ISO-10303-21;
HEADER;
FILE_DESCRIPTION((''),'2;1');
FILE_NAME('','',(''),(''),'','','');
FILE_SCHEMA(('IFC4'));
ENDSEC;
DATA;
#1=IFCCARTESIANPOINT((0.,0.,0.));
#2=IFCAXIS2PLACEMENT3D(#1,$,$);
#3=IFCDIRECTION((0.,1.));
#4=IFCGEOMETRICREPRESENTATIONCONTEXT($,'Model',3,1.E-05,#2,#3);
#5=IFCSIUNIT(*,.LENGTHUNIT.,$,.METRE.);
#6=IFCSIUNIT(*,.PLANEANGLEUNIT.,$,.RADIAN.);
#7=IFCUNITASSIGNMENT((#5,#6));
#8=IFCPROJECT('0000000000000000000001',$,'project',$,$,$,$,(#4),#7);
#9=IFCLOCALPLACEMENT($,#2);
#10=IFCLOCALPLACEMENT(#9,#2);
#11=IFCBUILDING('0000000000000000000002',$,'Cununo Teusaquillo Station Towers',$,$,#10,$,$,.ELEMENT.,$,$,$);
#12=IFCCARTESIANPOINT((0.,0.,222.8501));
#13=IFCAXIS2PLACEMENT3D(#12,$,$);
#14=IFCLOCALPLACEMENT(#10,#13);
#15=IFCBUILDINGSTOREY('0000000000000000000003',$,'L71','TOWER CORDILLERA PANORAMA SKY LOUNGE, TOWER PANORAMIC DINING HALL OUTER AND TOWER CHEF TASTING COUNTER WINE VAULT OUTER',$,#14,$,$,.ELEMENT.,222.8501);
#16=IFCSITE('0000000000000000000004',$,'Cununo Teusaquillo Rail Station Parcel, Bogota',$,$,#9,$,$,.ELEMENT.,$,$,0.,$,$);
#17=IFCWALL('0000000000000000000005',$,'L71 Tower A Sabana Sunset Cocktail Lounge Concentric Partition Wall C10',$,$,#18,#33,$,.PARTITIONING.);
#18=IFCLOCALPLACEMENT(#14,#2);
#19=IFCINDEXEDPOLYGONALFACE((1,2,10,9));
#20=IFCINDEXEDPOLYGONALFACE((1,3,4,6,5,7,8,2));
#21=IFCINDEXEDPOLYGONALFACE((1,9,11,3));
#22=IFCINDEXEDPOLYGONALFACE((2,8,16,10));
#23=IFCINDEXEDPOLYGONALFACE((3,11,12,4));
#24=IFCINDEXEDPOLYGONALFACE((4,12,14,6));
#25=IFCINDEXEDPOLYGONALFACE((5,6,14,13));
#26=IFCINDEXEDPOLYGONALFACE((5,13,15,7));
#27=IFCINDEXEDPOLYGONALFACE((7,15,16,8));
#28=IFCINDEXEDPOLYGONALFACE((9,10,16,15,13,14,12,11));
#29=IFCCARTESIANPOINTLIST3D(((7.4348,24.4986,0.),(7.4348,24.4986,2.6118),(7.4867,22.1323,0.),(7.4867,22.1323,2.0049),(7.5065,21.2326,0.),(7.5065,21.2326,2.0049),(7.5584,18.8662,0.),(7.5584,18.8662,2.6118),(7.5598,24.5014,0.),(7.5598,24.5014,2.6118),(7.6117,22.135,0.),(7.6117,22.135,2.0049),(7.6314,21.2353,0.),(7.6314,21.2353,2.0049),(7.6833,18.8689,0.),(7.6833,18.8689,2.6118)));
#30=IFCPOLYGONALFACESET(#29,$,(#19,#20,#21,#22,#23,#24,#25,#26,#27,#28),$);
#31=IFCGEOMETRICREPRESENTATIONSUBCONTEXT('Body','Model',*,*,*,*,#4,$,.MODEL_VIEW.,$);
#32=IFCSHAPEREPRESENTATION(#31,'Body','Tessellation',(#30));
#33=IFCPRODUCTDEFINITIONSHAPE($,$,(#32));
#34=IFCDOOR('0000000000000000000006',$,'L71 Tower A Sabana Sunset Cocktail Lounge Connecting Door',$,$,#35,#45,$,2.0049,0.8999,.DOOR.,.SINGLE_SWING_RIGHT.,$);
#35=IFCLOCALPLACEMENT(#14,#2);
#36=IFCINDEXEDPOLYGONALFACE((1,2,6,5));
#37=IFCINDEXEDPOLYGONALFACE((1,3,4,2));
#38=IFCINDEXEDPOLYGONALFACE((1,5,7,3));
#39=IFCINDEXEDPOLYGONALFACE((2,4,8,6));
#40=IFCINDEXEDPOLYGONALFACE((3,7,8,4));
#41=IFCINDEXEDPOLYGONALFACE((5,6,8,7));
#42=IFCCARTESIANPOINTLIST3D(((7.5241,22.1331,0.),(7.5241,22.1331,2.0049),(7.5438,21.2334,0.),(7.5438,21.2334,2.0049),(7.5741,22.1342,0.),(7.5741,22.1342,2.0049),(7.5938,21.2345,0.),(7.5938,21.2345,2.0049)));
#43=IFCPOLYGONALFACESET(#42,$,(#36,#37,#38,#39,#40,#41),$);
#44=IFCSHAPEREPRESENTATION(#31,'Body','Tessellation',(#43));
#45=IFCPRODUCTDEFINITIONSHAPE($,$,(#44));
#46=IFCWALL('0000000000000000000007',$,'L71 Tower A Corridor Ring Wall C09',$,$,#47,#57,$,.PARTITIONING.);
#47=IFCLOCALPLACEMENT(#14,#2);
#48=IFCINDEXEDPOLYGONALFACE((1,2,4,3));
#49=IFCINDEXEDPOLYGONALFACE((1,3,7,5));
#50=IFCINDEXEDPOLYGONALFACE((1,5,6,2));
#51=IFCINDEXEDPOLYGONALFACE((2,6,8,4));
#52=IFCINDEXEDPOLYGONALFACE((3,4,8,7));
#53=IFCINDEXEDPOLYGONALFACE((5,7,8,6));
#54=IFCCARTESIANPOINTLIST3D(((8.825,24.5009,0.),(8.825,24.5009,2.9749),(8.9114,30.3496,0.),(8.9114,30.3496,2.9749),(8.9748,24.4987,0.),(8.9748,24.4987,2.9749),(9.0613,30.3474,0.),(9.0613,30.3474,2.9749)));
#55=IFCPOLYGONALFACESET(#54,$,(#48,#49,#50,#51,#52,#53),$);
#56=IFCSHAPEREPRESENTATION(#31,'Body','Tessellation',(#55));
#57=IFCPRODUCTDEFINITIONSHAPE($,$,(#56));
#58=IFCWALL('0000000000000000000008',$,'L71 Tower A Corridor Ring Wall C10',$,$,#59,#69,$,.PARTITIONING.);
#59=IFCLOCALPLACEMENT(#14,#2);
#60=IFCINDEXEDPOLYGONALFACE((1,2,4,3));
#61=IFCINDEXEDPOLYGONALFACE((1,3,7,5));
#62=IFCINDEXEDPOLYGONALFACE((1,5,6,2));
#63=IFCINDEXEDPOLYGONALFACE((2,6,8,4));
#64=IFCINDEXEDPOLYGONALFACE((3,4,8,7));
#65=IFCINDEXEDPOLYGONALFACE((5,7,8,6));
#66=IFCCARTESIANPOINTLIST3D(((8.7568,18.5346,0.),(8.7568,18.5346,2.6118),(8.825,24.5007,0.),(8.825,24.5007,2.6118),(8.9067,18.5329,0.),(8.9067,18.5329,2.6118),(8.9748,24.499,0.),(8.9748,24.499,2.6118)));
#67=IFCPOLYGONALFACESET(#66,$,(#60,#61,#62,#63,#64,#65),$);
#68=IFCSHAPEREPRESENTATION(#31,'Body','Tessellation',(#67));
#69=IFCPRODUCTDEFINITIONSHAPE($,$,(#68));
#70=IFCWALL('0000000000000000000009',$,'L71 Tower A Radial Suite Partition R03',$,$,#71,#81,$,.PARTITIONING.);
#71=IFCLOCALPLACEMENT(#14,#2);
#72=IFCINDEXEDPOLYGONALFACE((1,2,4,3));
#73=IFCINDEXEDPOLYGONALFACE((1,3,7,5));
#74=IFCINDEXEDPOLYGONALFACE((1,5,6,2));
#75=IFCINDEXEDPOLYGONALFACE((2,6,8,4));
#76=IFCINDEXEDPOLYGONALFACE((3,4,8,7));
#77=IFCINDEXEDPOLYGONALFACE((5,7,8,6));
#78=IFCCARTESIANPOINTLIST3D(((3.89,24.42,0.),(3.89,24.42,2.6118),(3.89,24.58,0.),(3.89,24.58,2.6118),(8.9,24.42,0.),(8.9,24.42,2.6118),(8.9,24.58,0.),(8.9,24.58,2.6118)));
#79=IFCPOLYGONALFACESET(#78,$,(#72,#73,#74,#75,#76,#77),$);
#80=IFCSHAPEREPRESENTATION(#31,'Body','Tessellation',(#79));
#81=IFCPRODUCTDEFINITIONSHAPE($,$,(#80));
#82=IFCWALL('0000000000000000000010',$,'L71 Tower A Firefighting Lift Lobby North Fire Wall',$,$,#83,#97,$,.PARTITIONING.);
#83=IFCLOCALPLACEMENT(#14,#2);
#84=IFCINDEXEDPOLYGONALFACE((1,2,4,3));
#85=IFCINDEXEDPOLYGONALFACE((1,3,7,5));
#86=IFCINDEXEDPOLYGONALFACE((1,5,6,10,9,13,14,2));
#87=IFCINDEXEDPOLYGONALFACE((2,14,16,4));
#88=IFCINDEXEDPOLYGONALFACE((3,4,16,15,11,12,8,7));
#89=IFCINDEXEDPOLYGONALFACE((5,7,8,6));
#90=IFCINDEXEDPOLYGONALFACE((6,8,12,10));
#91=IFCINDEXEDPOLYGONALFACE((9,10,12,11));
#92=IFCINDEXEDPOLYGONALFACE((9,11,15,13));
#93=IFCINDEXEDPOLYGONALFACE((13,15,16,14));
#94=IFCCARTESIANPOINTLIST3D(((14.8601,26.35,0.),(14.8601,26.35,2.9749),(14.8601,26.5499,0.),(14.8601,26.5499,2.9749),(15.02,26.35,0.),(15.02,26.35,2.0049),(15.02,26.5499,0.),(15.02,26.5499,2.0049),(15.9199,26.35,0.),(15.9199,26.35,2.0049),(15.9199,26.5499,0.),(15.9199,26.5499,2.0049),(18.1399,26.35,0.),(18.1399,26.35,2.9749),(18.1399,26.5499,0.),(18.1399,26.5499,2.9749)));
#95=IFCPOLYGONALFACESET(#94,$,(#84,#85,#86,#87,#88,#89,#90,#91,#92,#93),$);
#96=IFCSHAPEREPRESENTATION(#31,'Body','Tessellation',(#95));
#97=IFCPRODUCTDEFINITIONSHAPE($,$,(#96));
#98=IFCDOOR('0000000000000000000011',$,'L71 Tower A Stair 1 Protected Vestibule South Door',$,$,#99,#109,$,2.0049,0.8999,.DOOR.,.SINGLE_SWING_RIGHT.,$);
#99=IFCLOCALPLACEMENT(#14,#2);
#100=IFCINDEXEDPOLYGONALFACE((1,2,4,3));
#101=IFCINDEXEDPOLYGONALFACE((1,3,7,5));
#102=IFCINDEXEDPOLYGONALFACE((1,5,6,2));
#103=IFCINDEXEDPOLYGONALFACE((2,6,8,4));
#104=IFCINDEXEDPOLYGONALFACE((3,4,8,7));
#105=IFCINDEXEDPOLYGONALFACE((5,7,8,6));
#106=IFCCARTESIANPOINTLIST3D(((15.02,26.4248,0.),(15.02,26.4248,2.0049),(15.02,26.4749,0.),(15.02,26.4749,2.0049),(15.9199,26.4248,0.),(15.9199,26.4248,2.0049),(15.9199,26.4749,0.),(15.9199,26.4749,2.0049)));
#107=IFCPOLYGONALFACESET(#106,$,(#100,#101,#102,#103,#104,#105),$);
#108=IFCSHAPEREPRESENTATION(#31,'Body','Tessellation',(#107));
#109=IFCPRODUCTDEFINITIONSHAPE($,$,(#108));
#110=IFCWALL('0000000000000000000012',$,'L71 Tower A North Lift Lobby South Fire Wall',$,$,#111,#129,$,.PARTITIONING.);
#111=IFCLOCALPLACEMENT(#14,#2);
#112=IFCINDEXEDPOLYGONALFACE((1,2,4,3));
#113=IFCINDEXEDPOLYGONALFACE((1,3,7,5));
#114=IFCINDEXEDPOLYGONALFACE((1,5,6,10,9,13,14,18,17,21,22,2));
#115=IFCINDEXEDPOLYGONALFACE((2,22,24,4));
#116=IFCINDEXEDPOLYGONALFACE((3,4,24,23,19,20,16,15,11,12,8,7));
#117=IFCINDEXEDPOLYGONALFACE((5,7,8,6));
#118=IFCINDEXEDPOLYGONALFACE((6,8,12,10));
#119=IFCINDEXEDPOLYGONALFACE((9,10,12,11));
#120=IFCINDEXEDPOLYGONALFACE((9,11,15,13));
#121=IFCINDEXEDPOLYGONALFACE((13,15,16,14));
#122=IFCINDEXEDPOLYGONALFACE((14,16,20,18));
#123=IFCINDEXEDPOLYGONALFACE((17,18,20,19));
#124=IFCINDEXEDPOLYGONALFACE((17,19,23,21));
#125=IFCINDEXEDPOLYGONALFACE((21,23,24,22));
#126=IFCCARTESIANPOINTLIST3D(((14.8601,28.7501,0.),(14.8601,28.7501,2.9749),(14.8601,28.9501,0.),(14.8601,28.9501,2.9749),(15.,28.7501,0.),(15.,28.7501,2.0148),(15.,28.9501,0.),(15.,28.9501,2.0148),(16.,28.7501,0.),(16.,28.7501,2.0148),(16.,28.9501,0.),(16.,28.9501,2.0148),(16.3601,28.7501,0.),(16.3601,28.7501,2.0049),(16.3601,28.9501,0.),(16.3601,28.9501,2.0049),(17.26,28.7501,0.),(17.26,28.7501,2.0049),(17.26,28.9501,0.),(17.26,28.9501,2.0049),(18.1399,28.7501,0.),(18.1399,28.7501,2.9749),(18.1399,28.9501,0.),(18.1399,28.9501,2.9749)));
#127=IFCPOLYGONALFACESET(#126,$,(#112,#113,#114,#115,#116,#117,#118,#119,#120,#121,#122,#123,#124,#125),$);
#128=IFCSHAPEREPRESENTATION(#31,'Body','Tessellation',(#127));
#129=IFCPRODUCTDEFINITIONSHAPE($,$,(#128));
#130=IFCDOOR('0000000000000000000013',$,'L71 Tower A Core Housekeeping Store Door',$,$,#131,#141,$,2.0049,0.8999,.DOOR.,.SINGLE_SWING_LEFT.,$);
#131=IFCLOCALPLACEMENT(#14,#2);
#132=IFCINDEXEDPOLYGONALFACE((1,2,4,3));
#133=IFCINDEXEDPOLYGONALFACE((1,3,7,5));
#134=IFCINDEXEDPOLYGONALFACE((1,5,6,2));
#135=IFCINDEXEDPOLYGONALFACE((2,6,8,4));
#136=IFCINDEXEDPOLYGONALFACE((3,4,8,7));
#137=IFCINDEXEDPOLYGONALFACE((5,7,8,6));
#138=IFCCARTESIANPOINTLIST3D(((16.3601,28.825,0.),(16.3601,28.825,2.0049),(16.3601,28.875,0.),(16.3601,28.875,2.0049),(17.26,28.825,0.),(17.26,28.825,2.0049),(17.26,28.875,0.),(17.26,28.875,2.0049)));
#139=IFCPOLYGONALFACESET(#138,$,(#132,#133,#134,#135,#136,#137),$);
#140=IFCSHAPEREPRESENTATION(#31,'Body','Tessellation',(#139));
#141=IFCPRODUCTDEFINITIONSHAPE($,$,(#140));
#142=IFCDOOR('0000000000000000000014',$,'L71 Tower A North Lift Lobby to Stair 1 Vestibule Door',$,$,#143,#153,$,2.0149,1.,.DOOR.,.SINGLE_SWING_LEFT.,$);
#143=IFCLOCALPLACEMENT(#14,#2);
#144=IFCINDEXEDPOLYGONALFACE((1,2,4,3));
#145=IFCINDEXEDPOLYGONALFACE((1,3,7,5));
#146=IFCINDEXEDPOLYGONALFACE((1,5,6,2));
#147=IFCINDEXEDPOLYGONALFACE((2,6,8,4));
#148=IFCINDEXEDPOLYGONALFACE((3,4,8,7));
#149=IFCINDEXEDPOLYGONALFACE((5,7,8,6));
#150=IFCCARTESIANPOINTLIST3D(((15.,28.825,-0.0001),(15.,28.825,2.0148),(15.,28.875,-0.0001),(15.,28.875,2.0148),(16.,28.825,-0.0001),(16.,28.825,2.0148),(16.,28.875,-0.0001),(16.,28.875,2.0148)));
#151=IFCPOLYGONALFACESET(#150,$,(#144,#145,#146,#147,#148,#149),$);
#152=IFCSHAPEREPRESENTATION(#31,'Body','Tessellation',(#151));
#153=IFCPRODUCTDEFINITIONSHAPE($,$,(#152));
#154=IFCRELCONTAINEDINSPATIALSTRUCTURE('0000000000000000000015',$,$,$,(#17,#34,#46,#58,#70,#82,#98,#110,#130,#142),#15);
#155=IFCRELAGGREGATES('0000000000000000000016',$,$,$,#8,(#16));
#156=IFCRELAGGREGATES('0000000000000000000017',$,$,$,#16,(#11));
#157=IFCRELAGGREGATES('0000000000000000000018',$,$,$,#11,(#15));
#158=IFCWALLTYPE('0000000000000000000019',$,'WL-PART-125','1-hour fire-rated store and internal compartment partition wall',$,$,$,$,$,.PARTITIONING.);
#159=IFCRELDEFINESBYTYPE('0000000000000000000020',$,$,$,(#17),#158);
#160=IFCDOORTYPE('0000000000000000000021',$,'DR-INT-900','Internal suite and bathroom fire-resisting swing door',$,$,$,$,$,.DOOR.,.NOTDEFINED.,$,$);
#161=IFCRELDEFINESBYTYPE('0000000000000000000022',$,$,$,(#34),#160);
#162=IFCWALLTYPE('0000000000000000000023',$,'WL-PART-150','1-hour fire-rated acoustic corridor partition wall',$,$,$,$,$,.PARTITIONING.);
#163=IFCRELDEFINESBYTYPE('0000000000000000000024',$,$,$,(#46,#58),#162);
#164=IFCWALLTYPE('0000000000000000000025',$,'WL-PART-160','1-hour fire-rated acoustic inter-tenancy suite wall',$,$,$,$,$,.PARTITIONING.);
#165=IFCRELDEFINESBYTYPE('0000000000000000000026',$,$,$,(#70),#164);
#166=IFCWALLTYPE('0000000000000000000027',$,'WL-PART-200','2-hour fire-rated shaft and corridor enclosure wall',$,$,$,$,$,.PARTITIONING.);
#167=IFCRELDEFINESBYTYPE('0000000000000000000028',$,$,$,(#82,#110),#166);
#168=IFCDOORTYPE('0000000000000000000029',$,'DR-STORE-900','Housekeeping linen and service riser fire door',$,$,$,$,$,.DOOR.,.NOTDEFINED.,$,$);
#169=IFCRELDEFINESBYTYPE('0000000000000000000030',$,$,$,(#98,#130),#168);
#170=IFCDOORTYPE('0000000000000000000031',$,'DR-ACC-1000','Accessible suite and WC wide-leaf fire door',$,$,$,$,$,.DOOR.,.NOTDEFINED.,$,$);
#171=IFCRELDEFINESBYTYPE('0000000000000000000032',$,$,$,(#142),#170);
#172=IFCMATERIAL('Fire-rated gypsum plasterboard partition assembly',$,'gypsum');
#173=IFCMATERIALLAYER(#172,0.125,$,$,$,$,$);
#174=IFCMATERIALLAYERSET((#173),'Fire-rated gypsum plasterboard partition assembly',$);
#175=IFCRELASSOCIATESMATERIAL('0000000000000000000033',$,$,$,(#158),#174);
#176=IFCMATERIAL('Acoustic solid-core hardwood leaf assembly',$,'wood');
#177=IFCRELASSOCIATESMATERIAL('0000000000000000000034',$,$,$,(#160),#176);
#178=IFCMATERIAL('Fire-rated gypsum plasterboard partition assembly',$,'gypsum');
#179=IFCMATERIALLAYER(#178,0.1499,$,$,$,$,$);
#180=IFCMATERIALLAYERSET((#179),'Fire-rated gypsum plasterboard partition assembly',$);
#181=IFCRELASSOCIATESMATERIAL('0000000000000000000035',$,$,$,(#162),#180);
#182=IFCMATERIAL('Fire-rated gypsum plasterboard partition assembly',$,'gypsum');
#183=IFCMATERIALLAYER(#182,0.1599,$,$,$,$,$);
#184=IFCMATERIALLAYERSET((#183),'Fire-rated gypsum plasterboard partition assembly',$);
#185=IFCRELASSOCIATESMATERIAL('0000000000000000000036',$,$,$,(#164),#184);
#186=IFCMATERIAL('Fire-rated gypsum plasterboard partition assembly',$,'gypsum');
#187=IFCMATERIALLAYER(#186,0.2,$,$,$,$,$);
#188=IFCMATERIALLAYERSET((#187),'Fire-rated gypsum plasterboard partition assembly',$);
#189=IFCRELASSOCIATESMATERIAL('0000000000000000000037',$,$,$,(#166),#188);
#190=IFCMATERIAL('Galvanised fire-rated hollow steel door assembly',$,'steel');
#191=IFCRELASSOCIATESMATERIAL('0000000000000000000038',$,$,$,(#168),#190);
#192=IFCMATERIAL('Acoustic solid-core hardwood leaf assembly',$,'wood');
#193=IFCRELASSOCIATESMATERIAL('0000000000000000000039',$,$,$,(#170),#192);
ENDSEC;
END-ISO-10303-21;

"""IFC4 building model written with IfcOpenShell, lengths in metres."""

from ifc_helpers import new_model, si_unit, direction, frame, frame_2d, origin, place, context, subcontext, project, spatial, rectangle, extrude, source, transform, mapped, material, layer, layer_set, type_object, element, fill, save


model = new_model("IFC4")

# Units and contexts
model_context = context("Model", 3, precision=1e-05, world=origin(), true_north=direction((0.0, 1.0)))
body_context = subcontext(model_context, "Body", "Model", "MODEL_VIEW")
ifc_project = project(units=[si_unit("LENGTHUNIT", "METRE"), si_unit("PLANEANGLEUNIT", "RADIAN")], contexts=[model_context])

# Site, building, storey
site_placement = place(None, origin())
site = spatial("IfcSite", under=ifc_project, at=site_placement, Name="Cununo Teusaquillo Rail Station Parcel, Bogota", CompositionType="ELEMENT", RefElevation=0.0)
building_placement = place(site_placement, origin())
building = spatial("IfcBuilding", under=site, at=building_placement, Name="Cununo Teusaquillo Station Towers", CompositionType="ELEMENT")
storey_placement = place(building_placement, frame((0.0, 0.0, 222.8501)))
storey = spatial("IfcBuildingStorey", under=building, at=storey_placement, Name="L71", Description="TOWER CORDILLERA PANORAMA SKY LOUNGE, TOWER PANORAMIC DINING HALL OUTER AND TOWER CHEF TASTING COUNTER WINE VAULT OUTER", CompositionType="ELEMENT", Elevation=222.8501)

# Wall, opening, door
ifc_material_1 = material(Name="Fire-rated gypsum plasterboard partition assembly", Category="gypsum")
ifc_layer_1 = layer(ifc_material_1, 0.125)
ifc_layer_set_1 = layer_set([ifc_layer_1], Name="Fire-rated gypsum plasterboard partition assembly")
wall_type_1 = type_object("IfcWallType", Name="WL-PART-125", Description="1-hour fire-rated store and internal compartment partition wall", PredefinedType="PARTITIONING", material=ifc_layer_set_1)
shared_shape_1 = source(origin(), body_context, "Body", "SweptSolid", [
    extrude(rectangle(XDim=0.8999, YDim=2.0049, at=frame_2d((0.45, 1.0024))), frame((0.0, 0.0725, 0.0), z_axis=(0.0, -1.0, 0.0), x_axis=(1.0, 0.0, 0.0)), (0.0, 0.0, 1.0), 0.145),
])
ifc_material_2 = material(Name="Acoustic solid-core hardwood leaf assembly", Category="wood")
door_type_1 = type_object("IfcDoorType", Name="DR-INT-900", Description="Internal suite and bathroom fire-resisting swing door", OperationType="NOTDEFINED", PredefinedType="DOOR", material=ifc_material_2)
shared_shape_2 = source(origin(), body_context, "Body", "SweptSolid", [
    extrude(rectangle(XDim=0.8999, YDim=2.0049, at=frame_2d((0.45, 1.0024))), frame((0.0, 0.0249, 0.0), z_axis=(0.0, -1.0, 0.0), x_axis=(1.0, 0.0, 0.0)), (0.0, 0.0, 1.0), 0.05),
])
wall_1_placement = place(storey_placement, frame((7.4973, 24.5, 0.0), z_axis=(0.0, 0.0, 1.0), x_axis=(0.021928, -0.99976, 0.0)))
wall_1 = element("IfcWall", 1, at=wall_1_placement, inside=storey, type_object=wall_type_1, Name="L71 Tower A Sabana Sunset Cocktail Lounge Concentric Partition Wall C10", PredefinedType="PARTITIONING", context=body_context, shape_type="SweptSolid", body=[
    extrude(rectangle(XDim=5.6338, YDim=0.125, at=frame_2d((2.8169, 0.0))), origin(), (0.0, 0.0, 1.0), 2.6118),
])
opening_1_placement = place(wall_1_placement, frame((2.3669, 0.0, 0.0)))
opening_1 = element("IfcOpeningElement", 2, at=opening_1_placement, cuts=wall_1, PredefinedType="OPENING", context=body_context, shape_type="MappedRepresentation", body=[
    mapped(shared_shape_1, transform((0.0, 0.0, 0.0), x_axis=(1.0, 0.0, 0.0), y_axis=(0.0, 1.0, 0.0), z_axis=(0.0, 0.0, 1.0), scale=1.0)),
])
door_1_placement = place(opening_1_placement, origin())
door_1 = element("IfcDoor", 3, at=door_1_placement, inside=storey, type_object=door_type_1, Name="L71 Tower A Sabana Sunset Cocktail Lounge Connecting Door", OperationType="SINGLE_SWING_RIGHT", OverallHeight=2.0049, OverallWidth=0.8999, PredefinedType="DOOR", context=body_context, shape_type="MappedRepresentation", body=[
    mapped(shared_shape_2, transform((0.0, 0.0, 0.0), x_axis=(1.0, 0.0, 0.0), y_axis=(0.0, 1.0, 0.0), z_axis=(0.0, 0.0, 1.0), scale=1.0)),
])
fill(opening_1, door_1)

# Walls
ifc_material_3 = material(Name="Fire-rated gypsum plasterboard partition assembly", Category="gypsum")
ifc_layer_2 = layer(ifc_material_3, 0.1499)
ifc_layer_set_2 = layer_set([ifc_layer_2], Name="Fire-rated gypsum plasterboard partition assembly")
wall_type_2 = type_object("IfcWallType", Name="WL-PART-150", Description="1-hour fire-rated acoustic corridor partition wall", PredefinedType="PARTITIONING", material=ifc_layer_set_2)
wall_2_placement = place(storey_placement, frame((8.9863, 30.3486, 0.0), z_axis=(0.0, 0.0, 1.0), x_axis=(-0.014775, -0.999891, 0.0)))
element("IfcWall", 4, at=wall_2_placement, inside=storey, type_object=wall_type_2, Name="L71 Tower A Corridor Ring Wall C09", PredefinedType="PARTITIONING", context=body_context, shape_type="SweptSolid", body=[
    extrude(rectangle(XDim=5.8494, YDim=0.1499, at=frame_2d((2.9248, 0.0))), origin(), (0.0, 0.0, 1.0), 2.9749),
])
wall_3_placement = place(storey_placement, frame((8.8999, 24.5, 0.0), z_axis=(0.0, 0.0, 1.0), x_axis=(-0.011416, -0.999935, 0.0)))
element("IfcWall", 5, at=wall_3_placement, inside=storey, type_object=wall_type_2, Name="L71 Tower A Corridor Ring Wall C10", PredefinedType="PARTITIONING", context=body_context, shape_type="SweptSolid", body=[
    extrude(rectangle(XDim=5.9666, YDim=0.1499, at=frame_2d((2.9834, 0.0))), origin(), (0.0, 0.0, 1.0), 2.6118),
])
ifc_material_4 = material(Name="Fire-rated gypsum plasterboard partition assembly", Category="gypsum")
ifc_layer_3 = layer(ifc_material_4, 0.1599)
ifc_layer_set_3 = layer_set([ifc_layer_3], Name="Fire-rated gypsum plasterboard partition assembly")
wall_type_3 = type_object("IfcWallType", Name="WL-PART-160", Description="1-hour fire-rated acoustic inter-tenancy suite wall", PredefinedType="PARTITIONING", material=ifc_layer_set_3)
wall_4_placement = place(storey_placement, frame((8.8999, 24.5, 0.0), z_axis=(0.0, 0.0, 1.0), x_axis=(-1.0, 0.0, 0.0)))
element("IfcWall", 6, at=wall_4_placement, inside=storey, type_object=wall_type_3, Name="L71 Tower A Radial Suite Partition R03", PredefinedType="PARTITIONING", context=body_context, shape_type="SweptSolid", body=[
    extrude(rectangle(XDim=5.01, YDim=0.1599, at=frame_2d((2.5049, 0.0))), origin(), (0.0, 0.0, 1.0), 2.6118),
])

# Wall, opening, door
ifc_material_5 = material(Name="Fire-rated gypsum plasterboard partition assembly", Category="gypsum")
ifc_layer_4 = layer(ifc_material_5, 0.2)
ifc_layer_set_4 = layer_set([ifc_layer_4], Name="Fire-rated gypsum plasterboard partition assembly")
wall_type_4 = type_object("IfcWallType", Name="WL-PART-200", Description="2-hour fire-rated shaft and corridor enclosure wall", PredefinedType="PARTITIONING", material=ifc_layer_set_4)
wall_5_placement = place(storey_placement, frame((14.8601, 26.45, 0.0), z_axis=(0.0, 0.0, 1.0), x_axis=(1.0, 0.0, 0.0)))
wall_5 = element("IfcWall", 7, at=wall_5_placement, inside=storey, type_object=wall_type_4, Name="L71 Tower A Firefighting Lift Lobby North Fire Wall", PredefinedType="PARTITIONING", context=body_context, shape_type="SweptSolid", body=[
    extrude(rectangle(XDim=3.2798, YDim=0.2, at=frame_2d((1.6399, 0.0))), origin(), (0.0, 0.0, 1.0), 2.9749),
])
shared_shape_3 = source(origin(), body_context, "Body", "SweptSolid", [
    extrude(rectangle(XDim=0.8999, YDim=2.0049, at=frame_2d((0.45, 1.0024))), frame((0.0, 0.1099, 0.0), z_axis=(0.0, -1.0, 0.0), x_axis=(1.0, 0.0, 0.0)), (0.0, 0.0, 1.0), 0.22),
])
opening_2_placement = place(wall_5_placement, frame((0.1599, 0.0, 0.0)))
opening_2 = element("IfcOpeningElement", 8, at=opening_2_placement, cuts=wall_5, PredefinedType="OPENING", context=body_context, shape_type="MappedRepresentation", body=[
    mapped(shared_shape_3, transform((0.0, 0.0, 0.0), x_axis=(1.0, 0.0, 0.0), y_axis=(0.0, 1.0, 0.0), z_axis=(0.0, 0.0, 1.0), scale=1.0)),
])
ifc_material_6 = material(Name="Galvanised fire-rated hollow steel door assembly", Category="steel")
door_type_2 = type_object("IfcDoorType", Name="DR-STORE-900", Description="Housekeeping linen and service riser fire door", OperationType="NOTDEFINED", PredefinedType="DOOR", material=ifc_material_6)
door_2_placement = place(opening_2_placement, origin())
door_2 = element("IfcDoor", 9, at=door_2_placement, inside=storey, type_object=door_type_2, Name="L71 Tower A Stair 1 Protected Vestibule South Door", OperationType="SINGLE_SWING_RIGHT", OverallHeight=2.0049, OverallWidth=0.8999, PredefinedType="DOOR", context=body_context, shape_type="MappedRepresentation", body=[
    mapped(shared_shape_2, transform((0.0, 0.0, 0.0), x_axis=(1.0, 0.0, 0.0), y_axis=(0.0, 1.0, 0.0), z_axis=(0.0, 0.0, 1.0), scale=1.0)),
])
fill(opening_2, door_2)

# Wall, openings, doors
wall_6_placement = place(storey_placement, frame((14.8601, 28.8501, 0.0), z_axis=(0.0, 0.0, 1.0), x_axis=(1.0, 0.0, 0.0)))
wall_6 = element("IfcWall", 10, at=wall_6_placement, inside=storey, type_object=wall_type_4, Name="L71 Tower A North Lift Lobby South Fire Wall", PredefinedType="PARTITIONING", context=body_context, shape_type="SweptSolid", body=[
    extrude(rectangle(XDim=3.2798, YDim=0.2, at=frame_2d((1.6399, 0.0))), origin(), (0.0, 0.0, 1.0), 2.9749),
])
shared_shape_4 = source(origin(), body_context, "Body", "SweptSolid", [
    extrude(rectangle(XDim=1.0, YDim=2.0149, at=frame_2d((0.5, 1.0073))), frame((0.0, 0.1099, 0.0), z_axis=(0.0, -1.0, 0.0), x_axis=(1.0, 0.0, 0.0)), (0.0, 0.0, 1.0), 0.22),
])
opening_3_placement = place(wall_6_placement, frame((0.1399, 0.0, 0.0)))
opening_3 = element("IfcOpeningElement", 11, at=opening_3_placement, cuts=wall_6, PredefinedType="OPENING", context=body_context, shape_type="MappedRepresentation", body=[
    mapped(shared_shape_4, transform((0.0, 0.0, 0.0), x_axis=(1.0, 0.0, 0.0), y_axis=(0.0, 1.0, 0.0), z_axis=(0.0, 0.0, 1.0), scale=1.0)),
])
opening_4_placement = place(wall_6_placement, frame((1.5, 0.0, 0.0)))
opening_4 = element("IfcOpeningElement", 12, at=opening_4_placement, cuts=wall_6, PredefinedType="OPENING", context=body_context, shape_type="MappedRepresentation", body=[
    mapped(shared_shape_3, transform((0.0, 0.0, 0.0), x_axis=(1.0, 0.0, 0.0), y_axis=(0.0, 1.0, 0.0), z_axis=(0.0, 0.0, 1.0), scale=1.0)),
])
door_3_placement = place(opening_4_placement, origin())
door_3 = element("IfcDoor", 13, at=door_3_placement, inside=storey, type_object=door_type_2, Name="L71 Tower A Core Housekeeping Store Door", OperationType="SINGLE_SWING_LEFT", OverallHeight=2.0049, OverallWidth=0.8999, PredefinedType="DOOR", context=body_context, shape_type="MappedRepresentation", body=[
    mapped(shared_shape_2, transform((0.0, 0.0, 0.0), x_axis=(1.0, 0.0, 0.0), y_axis=(0.0, 1.0, 0.0), z_axis=(0.0, 0.0, 1.0), scale=1.0)),
])
fill(opening_4, door_3)
ifc_material_7 = material(Name="Acoustic solid-core hardwood leaf assembly", Category="wood")
door_type_3 = type_object("IfcDoorType", Name="DR-ACC-1000", Description="Accessible suite and WC wide-leaf fire door", OperationType="NOTDEFINED", PredefinedType="DOOR", material=ifc_material_7)
shared_shape_5 = source(origin(), body_context, "Body", "SweptSolid", [
    extrude(rectangle(XDim=1.0, YDim=2.0149, at=frame_2d((0.5, 1.0073))), frame((0.0, 0.0249, 0.0), z_axis=(0.0, -1.0, 0.0), x_axis=(1.0, 0.0, 0.0)), (0.0, 0.0, 1.0), 0.05),
])
door_4_placement = place(opening_3_placement, origin())
door_4 = element("IfcDoor", 14, at=door_4_placement, inside=storey, type_object=door_type_3, Name="L71 Tower A North Lift Lobby to Stair 1 Vestibule Door", OperationType="SINGLE_SWING_LEFT", OverallHeight=2.0149, OverallWidth=1.0, PredefinedType="DOOR", context=body_context, shape_type="MappedRepresentation", body=[
    mapped(shared_shape_5, transform((0.0, 0.0, 0.0), x_axis=(1.0, 0.0, 0.0), y_axis=(0.0, 1.0, 0.0), z_axis=(0.0, 0.0, 1.0), scale=1.0)),
])
fill(opening_3, door_4)

save(model, "model.ifc")
